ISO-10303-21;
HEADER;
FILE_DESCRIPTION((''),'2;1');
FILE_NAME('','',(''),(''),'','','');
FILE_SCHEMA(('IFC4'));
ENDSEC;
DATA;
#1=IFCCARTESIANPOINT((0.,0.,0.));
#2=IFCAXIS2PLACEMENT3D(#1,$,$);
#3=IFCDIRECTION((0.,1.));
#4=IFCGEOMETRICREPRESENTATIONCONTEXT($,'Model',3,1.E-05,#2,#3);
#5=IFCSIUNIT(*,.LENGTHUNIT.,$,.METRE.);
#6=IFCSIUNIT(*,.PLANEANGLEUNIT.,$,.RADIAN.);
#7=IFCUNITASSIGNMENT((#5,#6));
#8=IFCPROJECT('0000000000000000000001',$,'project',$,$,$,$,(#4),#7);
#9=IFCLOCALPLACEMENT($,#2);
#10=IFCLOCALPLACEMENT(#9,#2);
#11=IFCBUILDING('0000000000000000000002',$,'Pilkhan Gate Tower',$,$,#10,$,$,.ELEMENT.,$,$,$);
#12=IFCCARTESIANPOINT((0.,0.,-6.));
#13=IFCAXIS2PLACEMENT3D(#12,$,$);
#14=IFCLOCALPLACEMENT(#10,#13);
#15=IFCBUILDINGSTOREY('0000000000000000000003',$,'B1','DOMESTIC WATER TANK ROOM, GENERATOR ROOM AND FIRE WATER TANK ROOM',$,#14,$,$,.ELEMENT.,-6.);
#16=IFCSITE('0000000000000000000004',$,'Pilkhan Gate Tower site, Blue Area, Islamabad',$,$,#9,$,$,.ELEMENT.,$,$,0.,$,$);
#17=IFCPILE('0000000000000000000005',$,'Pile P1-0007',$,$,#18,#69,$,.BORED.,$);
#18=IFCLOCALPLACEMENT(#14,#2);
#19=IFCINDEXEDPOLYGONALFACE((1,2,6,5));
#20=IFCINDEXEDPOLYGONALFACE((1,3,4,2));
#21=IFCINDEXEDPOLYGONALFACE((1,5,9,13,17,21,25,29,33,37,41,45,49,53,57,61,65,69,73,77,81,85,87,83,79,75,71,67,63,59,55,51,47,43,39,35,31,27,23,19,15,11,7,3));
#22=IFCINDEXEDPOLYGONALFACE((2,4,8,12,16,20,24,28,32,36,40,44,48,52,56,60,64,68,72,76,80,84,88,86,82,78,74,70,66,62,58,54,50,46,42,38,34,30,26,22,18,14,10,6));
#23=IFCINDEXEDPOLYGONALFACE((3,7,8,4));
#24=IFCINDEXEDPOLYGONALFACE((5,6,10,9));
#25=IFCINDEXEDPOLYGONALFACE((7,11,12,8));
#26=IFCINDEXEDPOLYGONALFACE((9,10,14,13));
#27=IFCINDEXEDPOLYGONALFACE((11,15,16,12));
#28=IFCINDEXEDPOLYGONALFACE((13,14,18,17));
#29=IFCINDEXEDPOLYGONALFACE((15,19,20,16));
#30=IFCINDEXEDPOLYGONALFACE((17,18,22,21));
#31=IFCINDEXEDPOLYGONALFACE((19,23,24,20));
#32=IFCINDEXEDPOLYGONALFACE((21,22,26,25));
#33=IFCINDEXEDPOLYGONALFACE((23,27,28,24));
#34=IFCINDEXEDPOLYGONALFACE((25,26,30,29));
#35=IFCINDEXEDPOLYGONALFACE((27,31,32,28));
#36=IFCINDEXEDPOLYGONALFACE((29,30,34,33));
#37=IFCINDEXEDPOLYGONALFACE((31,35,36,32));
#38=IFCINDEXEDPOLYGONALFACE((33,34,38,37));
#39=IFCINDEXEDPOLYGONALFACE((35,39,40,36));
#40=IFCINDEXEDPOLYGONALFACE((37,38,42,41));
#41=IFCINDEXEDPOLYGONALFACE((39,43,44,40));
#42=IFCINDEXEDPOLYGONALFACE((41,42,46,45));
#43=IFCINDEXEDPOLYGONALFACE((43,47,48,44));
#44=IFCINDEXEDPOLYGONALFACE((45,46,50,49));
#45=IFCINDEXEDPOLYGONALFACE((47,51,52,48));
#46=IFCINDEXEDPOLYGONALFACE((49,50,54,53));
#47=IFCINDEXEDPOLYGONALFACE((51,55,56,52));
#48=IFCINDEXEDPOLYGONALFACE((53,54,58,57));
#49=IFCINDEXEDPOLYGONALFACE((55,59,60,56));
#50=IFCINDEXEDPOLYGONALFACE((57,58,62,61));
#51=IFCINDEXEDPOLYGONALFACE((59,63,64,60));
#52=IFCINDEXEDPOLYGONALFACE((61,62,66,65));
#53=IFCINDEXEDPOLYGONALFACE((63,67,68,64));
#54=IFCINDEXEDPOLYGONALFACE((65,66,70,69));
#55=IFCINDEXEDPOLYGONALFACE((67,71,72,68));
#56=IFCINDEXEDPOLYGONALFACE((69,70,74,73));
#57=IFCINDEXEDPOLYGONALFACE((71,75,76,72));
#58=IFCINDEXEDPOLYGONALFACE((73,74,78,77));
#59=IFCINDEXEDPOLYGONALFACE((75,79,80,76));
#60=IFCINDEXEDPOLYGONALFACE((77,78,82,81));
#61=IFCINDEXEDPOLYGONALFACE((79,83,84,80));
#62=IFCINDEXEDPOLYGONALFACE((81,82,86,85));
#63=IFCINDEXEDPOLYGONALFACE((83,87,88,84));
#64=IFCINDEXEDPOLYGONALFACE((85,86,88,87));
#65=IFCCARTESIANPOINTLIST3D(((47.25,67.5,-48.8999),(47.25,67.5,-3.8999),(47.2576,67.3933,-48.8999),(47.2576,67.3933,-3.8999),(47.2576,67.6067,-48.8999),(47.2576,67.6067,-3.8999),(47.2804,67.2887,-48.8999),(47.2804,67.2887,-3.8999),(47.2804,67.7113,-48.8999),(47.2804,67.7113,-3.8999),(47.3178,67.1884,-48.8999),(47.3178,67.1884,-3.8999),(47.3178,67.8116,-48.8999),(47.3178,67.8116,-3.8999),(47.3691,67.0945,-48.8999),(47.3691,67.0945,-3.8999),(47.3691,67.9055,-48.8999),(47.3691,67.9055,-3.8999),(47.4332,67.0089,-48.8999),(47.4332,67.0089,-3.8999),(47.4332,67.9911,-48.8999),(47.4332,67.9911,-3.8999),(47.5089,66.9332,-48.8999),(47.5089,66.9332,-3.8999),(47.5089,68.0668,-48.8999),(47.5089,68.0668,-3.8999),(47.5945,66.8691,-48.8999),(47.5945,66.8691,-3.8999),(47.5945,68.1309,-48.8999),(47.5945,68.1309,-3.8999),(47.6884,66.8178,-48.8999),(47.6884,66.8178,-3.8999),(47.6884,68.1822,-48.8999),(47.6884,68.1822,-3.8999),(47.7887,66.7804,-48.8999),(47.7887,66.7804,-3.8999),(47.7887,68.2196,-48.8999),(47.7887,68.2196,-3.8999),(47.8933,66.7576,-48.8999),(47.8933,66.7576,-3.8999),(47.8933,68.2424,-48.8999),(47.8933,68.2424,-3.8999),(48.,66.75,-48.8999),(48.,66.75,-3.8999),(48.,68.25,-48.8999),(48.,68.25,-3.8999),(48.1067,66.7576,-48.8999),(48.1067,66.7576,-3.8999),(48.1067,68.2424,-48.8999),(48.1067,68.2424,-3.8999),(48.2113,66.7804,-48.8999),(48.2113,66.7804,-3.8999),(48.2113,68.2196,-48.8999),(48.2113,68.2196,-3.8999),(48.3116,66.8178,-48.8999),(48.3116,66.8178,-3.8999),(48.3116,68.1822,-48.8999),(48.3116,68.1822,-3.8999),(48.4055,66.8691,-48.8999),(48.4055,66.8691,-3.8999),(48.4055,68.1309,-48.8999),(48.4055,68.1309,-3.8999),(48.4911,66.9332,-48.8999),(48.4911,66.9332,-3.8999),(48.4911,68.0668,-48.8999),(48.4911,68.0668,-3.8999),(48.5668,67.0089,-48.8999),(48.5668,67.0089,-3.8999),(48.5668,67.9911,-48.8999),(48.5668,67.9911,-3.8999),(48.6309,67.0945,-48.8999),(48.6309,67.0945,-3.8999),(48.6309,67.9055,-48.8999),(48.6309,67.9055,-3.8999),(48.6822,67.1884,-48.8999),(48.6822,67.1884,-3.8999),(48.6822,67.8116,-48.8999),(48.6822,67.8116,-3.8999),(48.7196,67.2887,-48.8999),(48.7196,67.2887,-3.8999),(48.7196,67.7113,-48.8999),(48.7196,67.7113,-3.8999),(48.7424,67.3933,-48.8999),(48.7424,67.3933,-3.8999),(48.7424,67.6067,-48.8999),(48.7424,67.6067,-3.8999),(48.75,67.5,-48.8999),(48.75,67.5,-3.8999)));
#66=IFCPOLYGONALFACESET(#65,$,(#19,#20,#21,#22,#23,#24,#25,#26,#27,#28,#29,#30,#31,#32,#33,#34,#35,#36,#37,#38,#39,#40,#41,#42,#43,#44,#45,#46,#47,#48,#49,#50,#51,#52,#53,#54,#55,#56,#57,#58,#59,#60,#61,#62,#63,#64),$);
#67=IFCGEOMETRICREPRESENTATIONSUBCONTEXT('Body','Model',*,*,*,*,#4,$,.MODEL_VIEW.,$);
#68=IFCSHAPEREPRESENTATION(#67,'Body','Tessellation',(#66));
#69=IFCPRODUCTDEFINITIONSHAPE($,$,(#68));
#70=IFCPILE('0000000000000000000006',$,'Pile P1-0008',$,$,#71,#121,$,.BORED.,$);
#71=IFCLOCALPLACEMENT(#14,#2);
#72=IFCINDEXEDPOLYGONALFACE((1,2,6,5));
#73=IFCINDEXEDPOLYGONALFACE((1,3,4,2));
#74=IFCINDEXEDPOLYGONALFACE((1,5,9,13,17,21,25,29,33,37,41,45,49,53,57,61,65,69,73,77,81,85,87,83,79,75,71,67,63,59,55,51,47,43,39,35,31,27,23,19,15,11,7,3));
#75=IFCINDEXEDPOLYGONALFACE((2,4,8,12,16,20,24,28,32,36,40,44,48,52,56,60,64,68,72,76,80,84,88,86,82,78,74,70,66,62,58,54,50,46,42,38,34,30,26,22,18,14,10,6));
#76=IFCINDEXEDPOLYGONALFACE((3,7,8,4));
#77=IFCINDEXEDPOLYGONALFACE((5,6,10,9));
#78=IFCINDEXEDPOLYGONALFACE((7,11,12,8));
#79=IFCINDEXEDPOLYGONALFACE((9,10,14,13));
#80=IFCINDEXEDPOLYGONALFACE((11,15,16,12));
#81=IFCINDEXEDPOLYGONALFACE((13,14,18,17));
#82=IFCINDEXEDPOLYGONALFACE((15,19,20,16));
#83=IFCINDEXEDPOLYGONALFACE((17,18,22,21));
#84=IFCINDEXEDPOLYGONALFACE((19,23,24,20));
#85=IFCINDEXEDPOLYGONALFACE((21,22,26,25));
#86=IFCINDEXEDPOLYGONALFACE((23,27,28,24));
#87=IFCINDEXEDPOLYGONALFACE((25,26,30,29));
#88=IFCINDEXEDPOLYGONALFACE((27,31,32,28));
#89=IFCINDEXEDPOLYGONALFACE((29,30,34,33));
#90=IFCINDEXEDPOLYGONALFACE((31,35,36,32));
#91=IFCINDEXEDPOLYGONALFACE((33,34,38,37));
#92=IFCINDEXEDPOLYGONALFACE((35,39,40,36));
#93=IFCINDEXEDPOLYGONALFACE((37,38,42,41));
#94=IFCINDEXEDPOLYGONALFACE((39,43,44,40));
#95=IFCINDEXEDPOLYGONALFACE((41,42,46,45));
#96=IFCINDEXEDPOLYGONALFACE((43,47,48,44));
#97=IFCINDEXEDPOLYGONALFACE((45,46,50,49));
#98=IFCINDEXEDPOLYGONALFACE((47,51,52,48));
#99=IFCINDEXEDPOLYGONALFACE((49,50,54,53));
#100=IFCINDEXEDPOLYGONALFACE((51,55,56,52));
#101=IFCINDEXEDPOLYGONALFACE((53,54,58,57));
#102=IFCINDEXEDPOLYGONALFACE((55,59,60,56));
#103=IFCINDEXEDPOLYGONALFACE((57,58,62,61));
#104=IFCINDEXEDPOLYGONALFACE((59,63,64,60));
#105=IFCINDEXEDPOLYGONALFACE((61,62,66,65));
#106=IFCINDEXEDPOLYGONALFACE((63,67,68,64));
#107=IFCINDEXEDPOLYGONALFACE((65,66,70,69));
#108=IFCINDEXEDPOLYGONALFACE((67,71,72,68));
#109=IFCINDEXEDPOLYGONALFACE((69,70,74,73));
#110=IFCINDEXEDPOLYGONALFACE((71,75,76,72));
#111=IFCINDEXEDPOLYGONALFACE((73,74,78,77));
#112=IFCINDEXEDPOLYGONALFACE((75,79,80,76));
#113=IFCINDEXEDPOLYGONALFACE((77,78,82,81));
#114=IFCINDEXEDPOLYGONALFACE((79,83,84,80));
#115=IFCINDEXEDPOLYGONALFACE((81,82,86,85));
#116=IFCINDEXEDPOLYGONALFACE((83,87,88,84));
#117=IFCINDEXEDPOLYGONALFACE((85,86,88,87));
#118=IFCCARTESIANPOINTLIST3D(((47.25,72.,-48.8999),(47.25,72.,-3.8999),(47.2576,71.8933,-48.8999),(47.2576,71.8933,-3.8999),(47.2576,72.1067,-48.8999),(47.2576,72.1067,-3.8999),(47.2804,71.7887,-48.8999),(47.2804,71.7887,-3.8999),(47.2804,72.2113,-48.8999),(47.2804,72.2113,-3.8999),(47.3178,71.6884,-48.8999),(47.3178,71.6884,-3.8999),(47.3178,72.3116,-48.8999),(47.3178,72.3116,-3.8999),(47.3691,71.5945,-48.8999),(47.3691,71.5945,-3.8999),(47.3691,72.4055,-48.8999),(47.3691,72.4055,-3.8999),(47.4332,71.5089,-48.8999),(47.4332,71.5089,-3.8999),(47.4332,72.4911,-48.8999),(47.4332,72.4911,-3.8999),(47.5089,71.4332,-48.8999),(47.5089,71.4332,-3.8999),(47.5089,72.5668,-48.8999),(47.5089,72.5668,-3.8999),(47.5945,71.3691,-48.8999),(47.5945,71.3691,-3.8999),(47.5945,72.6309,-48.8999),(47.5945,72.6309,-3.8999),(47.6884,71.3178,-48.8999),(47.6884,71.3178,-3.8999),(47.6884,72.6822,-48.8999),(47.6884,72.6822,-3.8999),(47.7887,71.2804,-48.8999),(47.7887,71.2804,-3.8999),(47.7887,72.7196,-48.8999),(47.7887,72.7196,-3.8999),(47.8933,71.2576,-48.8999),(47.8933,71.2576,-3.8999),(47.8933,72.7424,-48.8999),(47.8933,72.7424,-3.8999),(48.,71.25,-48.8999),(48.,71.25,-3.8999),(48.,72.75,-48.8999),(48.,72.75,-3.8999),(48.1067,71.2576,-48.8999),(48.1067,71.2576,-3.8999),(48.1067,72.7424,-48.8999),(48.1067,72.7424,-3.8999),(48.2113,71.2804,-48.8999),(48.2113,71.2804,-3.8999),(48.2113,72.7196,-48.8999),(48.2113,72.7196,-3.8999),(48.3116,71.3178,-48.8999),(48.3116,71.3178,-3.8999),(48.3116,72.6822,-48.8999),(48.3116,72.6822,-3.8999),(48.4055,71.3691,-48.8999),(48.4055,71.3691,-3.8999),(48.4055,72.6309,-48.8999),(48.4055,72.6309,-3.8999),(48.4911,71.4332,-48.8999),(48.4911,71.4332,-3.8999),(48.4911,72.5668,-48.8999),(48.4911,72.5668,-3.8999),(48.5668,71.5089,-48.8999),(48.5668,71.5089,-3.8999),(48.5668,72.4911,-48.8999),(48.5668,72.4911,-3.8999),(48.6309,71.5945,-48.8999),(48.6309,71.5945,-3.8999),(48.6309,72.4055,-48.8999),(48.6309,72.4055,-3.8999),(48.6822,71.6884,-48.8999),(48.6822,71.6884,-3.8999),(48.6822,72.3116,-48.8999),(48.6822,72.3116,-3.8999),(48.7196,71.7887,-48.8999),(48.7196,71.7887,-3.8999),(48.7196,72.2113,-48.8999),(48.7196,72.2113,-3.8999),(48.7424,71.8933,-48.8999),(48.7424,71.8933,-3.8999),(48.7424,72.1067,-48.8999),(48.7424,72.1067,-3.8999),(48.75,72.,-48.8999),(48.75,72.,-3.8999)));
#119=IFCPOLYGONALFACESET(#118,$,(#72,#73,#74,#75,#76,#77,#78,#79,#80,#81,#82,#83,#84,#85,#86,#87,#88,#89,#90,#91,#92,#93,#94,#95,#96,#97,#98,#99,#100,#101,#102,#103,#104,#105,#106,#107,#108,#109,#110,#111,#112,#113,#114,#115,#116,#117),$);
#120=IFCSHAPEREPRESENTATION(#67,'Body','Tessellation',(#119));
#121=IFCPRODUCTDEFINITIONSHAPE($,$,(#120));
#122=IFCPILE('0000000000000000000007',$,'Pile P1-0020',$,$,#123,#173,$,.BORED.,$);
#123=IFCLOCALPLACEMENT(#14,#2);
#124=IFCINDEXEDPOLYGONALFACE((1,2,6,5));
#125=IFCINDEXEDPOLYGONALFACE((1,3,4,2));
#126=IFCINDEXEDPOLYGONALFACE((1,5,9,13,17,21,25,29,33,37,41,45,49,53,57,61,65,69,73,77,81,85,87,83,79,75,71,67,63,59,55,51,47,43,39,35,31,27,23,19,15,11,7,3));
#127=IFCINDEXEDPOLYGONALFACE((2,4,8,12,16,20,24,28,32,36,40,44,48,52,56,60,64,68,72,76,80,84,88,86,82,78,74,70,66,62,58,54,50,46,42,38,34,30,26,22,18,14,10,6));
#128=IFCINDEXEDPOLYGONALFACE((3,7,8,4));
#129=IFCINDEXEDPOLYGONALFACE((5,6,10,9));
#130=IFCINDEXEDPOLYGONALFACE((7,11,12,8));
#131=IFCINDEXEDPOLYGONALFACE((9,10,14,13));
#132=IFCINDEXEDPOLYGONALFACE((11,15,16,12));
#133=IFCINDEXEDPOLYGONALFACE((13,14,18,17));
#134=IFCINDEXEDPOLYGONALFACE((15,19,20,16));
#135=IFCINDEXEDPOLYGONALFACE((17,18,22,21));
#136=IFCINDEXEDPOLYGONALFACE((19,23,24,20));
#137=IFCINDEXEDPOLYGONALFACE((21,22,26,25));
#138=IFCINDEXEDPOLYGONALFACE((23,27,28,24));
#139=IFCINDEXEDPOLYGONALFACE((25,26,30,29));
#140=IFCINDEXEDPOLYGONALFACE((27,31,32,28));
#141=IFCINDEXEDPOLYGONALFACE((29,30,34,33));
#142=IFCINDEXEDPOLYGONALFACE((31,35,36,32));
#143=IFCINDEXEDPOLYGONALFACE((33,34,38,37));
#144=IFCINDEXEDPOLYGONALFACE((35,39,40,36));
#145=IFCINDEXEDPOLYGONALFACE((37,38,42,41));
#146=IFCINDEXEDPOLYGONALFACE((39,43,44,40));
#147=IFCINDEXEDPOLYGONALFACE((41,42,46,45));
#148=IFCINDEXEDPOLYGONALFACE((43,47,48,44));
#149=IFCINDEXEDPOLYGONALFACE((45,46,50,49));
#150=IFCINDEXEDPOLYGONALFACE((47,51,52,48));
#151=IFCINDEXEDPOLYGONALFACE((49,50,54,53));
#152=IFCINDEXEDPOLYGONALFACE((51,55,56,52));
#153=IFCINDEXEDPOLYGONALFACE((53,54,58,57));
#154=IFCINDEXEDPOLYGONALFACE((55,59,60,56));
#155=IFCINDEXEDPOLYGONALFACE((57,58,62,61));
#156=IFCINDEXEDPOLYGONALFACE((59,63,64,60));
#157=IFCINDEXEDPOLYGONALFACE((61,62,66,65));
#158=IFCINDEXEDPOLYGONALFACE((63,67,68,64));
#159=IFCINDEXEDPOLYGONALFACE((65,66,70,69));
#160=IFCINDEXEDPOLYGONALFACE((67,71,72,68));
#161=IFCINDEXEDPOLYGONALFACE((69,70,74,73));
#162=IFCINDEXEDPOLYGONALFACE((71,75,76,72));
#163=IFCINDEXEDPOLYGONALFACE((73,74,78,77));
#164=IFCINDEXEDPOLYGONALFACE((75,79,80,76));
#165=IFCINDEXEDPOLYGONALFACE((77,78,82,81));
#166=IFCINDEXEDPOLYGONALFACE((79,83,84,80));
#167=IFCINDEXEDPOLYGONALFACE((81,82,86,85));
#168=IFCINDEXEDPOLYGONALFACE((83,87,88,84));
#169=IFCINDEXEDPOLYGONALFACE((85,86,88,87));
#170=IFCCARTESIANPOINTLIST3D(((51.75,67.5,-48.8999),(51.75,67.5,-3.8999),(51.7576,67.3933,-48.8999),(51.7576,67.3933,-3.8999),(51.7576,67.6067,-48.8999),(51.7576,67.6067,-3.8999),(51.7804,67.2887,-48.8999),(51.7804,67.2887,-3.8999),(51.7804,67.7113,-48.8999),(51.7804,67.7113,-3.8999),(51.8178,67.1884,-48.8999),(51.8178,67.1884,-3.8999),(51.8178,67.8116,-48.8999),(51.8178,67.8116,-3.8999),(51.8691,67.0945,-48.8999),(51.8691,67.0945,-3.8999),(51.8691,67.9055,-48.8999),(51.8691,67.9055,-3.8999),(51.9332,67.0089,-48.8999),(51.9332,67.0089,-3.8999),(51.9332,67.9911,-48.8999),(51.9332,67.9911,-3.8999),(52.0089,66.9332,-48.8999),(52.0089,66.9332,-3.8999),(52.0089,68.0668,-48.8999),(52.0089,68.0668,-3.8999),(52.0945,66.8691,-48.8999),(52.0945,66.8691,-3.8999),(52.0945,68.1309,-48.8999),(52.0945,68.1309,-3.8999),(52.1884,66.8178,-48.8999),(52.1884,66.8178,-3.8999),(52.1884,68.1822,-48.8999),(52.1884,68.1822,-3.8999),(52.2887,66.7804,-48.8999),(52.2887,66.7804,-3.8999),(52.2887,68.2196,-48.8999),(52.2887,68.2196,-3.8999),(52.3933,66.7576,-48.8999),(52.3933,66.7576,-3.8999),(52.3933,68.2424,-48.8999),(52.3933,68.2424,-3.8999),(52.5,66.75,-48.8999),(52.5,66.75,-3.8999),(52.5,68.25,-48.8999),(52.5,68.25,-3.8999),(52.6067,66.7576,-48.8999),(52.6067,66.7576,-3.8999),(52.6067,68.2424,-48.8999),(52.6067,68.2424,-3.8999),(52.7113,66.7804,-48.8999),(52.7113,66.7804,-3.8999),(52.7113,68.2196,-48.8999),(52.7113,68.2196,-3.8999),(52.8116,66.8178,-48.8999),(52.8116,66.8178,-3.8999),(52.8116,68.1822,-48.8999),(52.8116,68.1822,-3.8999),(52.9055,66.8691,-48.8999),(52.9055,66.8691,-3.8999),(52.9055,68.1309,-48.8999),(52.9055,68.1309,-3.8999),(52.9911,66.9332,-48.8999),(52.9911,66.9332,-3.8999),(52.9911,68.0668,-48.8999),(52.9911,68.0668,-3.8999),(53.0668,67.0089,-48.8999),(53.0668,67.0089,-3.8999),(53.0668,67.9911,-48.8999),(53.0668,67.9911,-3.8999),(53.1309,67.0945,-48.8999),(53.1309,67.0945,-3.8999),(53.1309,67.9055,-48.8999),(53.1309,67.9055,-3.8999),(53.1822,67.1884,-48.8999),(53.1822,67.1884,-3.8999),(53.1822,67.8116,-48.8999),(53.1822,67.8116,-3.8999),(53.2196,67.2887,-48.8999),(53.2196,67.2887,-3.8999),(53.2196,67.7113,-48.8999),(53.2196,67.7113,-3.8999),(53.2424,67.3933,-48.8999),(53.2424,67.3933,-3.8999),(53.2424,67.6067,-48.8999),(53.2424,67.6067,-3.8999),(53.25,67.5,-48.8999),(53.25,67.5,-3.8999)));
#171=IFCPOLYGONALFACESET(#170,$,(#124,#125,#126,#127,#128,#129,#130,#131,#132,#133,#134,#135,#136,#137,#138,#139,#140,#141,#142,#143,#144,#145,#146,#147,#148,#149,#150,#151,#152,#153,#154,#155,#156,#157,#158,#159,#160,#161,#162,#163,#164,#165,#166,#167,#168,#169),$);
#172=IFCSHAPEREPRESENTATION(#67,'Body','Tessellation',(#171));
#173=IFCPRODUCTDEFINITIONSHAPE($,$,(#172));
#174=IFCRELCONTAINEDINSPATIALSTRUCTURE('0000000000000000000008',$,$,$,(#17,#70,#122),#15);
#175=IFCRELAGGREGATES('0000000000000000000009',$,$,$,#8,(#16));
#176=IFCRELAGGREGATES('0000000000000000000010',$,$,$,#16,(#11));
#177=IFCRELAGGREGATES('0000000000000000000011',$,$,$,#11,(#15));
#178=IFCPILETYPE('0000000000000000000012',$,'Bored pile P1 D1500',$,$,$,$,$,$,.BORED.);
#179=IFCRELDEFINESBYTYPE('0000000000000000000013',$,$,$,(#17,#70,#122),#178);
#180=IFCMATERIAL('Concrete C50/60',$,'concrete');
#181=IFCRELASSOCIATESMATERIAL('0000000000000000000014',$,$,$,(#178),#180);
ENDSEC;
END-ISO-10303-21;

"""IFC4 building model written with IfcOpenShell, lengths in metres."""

from ifc_helpers import new_model, si_unit, direction, frame, origin, origin_2d, place, context, subcontext, project, spatial, circle, extrude, material, material_profile, profile_set, type_object, element, save


model = new_model("IFC4")

# Units and contexts
model_context = context("Model", 3, precision=1e-05, world=origin(), true_north=direction((0.0, 1.0)))
body_context = subcontext(model_context, "Body", "Model", "MODEL_VIEW")
ifc_project = project(units=[si_unit("LENGTHUNIT", "METRE"), si_unit("PLANEANGLEUNIT", "RADIAN")], contexts=[model_context])

# Site, building, storey
site_placement = place(None, origin())
site = spatial("IfcSite", under=ifc_project, at=site_placement, Name="Pilkhan Gate Tower site, Blue Area, Islamabad", CompositionType="ELEMENT", RefElevation=0.0)
building_placement = place(site_placement, origin())
building = spatial("IfcBuilding", under=site, at=building_placement, Name="Pilkhan Gate Tower", CompositionType="ELEMENT")
storey_placement = place(building_placement, frame((0.0, 0.0, -6.0)))
storey = spatial("IfcBuildingStorey", under=building, at=storey_placement, Name="B1", Description="DOMESTIC WATER TANK ROOM, GENERATOR ROOM AND FIRE WATER TANK ROOM", CompositionType="ELEMENT", Elevation=-6.0)

# Piles
ifc_material_1 = material(Name="Concrete C50/60", Category="concrete")
ifc_material_profile = material_profile(ifc_material_1, circle(Radius=0.75, at=origin_2d()), Name="Bored pile 1500 dia")
ifc_profile_set = profile_set([ifc_material_profile], Name="Concrete C50/60")
pile_type = type_object("IfcPileType", Name="Bored pile P1 D1500", PredefinedType="BORED", material=ifc_profile_set)
for number, where, z_axis, x_axis, name in (
    (1, (48.0, 67.5, -3.8999), (0.0, 0.0, -1.0), (1.0, 0.0, 0.0), "Pile P1-0007"),
    (2, (48.0, 72.0, -3.8999), (0.0, 0.0, -1.0), (1.0, 0.0, 0.0), "Pile P1-0008"),
    (3, (52.5, 67.5, -3.8999), (0.0, 0.0, -1.0), (1.0, 0.0, 0.0), "Pile P1-0020"),
):
    element("IfcPile", number, at=place(storey_placement, frame(where, z_axis=z_axis, x_axis=x_axis)), inside=storey, type_object=pile_type, Name=name, PredefinedType="BORED", context=body_context, shape_type="SweptSolid", body=[
        extrude(circle(Radius=0.75, at=origin_2d()), origin(), (0.0, 0.0, 1.0), 45.0),
    ])

save(model, "model.ifc")
